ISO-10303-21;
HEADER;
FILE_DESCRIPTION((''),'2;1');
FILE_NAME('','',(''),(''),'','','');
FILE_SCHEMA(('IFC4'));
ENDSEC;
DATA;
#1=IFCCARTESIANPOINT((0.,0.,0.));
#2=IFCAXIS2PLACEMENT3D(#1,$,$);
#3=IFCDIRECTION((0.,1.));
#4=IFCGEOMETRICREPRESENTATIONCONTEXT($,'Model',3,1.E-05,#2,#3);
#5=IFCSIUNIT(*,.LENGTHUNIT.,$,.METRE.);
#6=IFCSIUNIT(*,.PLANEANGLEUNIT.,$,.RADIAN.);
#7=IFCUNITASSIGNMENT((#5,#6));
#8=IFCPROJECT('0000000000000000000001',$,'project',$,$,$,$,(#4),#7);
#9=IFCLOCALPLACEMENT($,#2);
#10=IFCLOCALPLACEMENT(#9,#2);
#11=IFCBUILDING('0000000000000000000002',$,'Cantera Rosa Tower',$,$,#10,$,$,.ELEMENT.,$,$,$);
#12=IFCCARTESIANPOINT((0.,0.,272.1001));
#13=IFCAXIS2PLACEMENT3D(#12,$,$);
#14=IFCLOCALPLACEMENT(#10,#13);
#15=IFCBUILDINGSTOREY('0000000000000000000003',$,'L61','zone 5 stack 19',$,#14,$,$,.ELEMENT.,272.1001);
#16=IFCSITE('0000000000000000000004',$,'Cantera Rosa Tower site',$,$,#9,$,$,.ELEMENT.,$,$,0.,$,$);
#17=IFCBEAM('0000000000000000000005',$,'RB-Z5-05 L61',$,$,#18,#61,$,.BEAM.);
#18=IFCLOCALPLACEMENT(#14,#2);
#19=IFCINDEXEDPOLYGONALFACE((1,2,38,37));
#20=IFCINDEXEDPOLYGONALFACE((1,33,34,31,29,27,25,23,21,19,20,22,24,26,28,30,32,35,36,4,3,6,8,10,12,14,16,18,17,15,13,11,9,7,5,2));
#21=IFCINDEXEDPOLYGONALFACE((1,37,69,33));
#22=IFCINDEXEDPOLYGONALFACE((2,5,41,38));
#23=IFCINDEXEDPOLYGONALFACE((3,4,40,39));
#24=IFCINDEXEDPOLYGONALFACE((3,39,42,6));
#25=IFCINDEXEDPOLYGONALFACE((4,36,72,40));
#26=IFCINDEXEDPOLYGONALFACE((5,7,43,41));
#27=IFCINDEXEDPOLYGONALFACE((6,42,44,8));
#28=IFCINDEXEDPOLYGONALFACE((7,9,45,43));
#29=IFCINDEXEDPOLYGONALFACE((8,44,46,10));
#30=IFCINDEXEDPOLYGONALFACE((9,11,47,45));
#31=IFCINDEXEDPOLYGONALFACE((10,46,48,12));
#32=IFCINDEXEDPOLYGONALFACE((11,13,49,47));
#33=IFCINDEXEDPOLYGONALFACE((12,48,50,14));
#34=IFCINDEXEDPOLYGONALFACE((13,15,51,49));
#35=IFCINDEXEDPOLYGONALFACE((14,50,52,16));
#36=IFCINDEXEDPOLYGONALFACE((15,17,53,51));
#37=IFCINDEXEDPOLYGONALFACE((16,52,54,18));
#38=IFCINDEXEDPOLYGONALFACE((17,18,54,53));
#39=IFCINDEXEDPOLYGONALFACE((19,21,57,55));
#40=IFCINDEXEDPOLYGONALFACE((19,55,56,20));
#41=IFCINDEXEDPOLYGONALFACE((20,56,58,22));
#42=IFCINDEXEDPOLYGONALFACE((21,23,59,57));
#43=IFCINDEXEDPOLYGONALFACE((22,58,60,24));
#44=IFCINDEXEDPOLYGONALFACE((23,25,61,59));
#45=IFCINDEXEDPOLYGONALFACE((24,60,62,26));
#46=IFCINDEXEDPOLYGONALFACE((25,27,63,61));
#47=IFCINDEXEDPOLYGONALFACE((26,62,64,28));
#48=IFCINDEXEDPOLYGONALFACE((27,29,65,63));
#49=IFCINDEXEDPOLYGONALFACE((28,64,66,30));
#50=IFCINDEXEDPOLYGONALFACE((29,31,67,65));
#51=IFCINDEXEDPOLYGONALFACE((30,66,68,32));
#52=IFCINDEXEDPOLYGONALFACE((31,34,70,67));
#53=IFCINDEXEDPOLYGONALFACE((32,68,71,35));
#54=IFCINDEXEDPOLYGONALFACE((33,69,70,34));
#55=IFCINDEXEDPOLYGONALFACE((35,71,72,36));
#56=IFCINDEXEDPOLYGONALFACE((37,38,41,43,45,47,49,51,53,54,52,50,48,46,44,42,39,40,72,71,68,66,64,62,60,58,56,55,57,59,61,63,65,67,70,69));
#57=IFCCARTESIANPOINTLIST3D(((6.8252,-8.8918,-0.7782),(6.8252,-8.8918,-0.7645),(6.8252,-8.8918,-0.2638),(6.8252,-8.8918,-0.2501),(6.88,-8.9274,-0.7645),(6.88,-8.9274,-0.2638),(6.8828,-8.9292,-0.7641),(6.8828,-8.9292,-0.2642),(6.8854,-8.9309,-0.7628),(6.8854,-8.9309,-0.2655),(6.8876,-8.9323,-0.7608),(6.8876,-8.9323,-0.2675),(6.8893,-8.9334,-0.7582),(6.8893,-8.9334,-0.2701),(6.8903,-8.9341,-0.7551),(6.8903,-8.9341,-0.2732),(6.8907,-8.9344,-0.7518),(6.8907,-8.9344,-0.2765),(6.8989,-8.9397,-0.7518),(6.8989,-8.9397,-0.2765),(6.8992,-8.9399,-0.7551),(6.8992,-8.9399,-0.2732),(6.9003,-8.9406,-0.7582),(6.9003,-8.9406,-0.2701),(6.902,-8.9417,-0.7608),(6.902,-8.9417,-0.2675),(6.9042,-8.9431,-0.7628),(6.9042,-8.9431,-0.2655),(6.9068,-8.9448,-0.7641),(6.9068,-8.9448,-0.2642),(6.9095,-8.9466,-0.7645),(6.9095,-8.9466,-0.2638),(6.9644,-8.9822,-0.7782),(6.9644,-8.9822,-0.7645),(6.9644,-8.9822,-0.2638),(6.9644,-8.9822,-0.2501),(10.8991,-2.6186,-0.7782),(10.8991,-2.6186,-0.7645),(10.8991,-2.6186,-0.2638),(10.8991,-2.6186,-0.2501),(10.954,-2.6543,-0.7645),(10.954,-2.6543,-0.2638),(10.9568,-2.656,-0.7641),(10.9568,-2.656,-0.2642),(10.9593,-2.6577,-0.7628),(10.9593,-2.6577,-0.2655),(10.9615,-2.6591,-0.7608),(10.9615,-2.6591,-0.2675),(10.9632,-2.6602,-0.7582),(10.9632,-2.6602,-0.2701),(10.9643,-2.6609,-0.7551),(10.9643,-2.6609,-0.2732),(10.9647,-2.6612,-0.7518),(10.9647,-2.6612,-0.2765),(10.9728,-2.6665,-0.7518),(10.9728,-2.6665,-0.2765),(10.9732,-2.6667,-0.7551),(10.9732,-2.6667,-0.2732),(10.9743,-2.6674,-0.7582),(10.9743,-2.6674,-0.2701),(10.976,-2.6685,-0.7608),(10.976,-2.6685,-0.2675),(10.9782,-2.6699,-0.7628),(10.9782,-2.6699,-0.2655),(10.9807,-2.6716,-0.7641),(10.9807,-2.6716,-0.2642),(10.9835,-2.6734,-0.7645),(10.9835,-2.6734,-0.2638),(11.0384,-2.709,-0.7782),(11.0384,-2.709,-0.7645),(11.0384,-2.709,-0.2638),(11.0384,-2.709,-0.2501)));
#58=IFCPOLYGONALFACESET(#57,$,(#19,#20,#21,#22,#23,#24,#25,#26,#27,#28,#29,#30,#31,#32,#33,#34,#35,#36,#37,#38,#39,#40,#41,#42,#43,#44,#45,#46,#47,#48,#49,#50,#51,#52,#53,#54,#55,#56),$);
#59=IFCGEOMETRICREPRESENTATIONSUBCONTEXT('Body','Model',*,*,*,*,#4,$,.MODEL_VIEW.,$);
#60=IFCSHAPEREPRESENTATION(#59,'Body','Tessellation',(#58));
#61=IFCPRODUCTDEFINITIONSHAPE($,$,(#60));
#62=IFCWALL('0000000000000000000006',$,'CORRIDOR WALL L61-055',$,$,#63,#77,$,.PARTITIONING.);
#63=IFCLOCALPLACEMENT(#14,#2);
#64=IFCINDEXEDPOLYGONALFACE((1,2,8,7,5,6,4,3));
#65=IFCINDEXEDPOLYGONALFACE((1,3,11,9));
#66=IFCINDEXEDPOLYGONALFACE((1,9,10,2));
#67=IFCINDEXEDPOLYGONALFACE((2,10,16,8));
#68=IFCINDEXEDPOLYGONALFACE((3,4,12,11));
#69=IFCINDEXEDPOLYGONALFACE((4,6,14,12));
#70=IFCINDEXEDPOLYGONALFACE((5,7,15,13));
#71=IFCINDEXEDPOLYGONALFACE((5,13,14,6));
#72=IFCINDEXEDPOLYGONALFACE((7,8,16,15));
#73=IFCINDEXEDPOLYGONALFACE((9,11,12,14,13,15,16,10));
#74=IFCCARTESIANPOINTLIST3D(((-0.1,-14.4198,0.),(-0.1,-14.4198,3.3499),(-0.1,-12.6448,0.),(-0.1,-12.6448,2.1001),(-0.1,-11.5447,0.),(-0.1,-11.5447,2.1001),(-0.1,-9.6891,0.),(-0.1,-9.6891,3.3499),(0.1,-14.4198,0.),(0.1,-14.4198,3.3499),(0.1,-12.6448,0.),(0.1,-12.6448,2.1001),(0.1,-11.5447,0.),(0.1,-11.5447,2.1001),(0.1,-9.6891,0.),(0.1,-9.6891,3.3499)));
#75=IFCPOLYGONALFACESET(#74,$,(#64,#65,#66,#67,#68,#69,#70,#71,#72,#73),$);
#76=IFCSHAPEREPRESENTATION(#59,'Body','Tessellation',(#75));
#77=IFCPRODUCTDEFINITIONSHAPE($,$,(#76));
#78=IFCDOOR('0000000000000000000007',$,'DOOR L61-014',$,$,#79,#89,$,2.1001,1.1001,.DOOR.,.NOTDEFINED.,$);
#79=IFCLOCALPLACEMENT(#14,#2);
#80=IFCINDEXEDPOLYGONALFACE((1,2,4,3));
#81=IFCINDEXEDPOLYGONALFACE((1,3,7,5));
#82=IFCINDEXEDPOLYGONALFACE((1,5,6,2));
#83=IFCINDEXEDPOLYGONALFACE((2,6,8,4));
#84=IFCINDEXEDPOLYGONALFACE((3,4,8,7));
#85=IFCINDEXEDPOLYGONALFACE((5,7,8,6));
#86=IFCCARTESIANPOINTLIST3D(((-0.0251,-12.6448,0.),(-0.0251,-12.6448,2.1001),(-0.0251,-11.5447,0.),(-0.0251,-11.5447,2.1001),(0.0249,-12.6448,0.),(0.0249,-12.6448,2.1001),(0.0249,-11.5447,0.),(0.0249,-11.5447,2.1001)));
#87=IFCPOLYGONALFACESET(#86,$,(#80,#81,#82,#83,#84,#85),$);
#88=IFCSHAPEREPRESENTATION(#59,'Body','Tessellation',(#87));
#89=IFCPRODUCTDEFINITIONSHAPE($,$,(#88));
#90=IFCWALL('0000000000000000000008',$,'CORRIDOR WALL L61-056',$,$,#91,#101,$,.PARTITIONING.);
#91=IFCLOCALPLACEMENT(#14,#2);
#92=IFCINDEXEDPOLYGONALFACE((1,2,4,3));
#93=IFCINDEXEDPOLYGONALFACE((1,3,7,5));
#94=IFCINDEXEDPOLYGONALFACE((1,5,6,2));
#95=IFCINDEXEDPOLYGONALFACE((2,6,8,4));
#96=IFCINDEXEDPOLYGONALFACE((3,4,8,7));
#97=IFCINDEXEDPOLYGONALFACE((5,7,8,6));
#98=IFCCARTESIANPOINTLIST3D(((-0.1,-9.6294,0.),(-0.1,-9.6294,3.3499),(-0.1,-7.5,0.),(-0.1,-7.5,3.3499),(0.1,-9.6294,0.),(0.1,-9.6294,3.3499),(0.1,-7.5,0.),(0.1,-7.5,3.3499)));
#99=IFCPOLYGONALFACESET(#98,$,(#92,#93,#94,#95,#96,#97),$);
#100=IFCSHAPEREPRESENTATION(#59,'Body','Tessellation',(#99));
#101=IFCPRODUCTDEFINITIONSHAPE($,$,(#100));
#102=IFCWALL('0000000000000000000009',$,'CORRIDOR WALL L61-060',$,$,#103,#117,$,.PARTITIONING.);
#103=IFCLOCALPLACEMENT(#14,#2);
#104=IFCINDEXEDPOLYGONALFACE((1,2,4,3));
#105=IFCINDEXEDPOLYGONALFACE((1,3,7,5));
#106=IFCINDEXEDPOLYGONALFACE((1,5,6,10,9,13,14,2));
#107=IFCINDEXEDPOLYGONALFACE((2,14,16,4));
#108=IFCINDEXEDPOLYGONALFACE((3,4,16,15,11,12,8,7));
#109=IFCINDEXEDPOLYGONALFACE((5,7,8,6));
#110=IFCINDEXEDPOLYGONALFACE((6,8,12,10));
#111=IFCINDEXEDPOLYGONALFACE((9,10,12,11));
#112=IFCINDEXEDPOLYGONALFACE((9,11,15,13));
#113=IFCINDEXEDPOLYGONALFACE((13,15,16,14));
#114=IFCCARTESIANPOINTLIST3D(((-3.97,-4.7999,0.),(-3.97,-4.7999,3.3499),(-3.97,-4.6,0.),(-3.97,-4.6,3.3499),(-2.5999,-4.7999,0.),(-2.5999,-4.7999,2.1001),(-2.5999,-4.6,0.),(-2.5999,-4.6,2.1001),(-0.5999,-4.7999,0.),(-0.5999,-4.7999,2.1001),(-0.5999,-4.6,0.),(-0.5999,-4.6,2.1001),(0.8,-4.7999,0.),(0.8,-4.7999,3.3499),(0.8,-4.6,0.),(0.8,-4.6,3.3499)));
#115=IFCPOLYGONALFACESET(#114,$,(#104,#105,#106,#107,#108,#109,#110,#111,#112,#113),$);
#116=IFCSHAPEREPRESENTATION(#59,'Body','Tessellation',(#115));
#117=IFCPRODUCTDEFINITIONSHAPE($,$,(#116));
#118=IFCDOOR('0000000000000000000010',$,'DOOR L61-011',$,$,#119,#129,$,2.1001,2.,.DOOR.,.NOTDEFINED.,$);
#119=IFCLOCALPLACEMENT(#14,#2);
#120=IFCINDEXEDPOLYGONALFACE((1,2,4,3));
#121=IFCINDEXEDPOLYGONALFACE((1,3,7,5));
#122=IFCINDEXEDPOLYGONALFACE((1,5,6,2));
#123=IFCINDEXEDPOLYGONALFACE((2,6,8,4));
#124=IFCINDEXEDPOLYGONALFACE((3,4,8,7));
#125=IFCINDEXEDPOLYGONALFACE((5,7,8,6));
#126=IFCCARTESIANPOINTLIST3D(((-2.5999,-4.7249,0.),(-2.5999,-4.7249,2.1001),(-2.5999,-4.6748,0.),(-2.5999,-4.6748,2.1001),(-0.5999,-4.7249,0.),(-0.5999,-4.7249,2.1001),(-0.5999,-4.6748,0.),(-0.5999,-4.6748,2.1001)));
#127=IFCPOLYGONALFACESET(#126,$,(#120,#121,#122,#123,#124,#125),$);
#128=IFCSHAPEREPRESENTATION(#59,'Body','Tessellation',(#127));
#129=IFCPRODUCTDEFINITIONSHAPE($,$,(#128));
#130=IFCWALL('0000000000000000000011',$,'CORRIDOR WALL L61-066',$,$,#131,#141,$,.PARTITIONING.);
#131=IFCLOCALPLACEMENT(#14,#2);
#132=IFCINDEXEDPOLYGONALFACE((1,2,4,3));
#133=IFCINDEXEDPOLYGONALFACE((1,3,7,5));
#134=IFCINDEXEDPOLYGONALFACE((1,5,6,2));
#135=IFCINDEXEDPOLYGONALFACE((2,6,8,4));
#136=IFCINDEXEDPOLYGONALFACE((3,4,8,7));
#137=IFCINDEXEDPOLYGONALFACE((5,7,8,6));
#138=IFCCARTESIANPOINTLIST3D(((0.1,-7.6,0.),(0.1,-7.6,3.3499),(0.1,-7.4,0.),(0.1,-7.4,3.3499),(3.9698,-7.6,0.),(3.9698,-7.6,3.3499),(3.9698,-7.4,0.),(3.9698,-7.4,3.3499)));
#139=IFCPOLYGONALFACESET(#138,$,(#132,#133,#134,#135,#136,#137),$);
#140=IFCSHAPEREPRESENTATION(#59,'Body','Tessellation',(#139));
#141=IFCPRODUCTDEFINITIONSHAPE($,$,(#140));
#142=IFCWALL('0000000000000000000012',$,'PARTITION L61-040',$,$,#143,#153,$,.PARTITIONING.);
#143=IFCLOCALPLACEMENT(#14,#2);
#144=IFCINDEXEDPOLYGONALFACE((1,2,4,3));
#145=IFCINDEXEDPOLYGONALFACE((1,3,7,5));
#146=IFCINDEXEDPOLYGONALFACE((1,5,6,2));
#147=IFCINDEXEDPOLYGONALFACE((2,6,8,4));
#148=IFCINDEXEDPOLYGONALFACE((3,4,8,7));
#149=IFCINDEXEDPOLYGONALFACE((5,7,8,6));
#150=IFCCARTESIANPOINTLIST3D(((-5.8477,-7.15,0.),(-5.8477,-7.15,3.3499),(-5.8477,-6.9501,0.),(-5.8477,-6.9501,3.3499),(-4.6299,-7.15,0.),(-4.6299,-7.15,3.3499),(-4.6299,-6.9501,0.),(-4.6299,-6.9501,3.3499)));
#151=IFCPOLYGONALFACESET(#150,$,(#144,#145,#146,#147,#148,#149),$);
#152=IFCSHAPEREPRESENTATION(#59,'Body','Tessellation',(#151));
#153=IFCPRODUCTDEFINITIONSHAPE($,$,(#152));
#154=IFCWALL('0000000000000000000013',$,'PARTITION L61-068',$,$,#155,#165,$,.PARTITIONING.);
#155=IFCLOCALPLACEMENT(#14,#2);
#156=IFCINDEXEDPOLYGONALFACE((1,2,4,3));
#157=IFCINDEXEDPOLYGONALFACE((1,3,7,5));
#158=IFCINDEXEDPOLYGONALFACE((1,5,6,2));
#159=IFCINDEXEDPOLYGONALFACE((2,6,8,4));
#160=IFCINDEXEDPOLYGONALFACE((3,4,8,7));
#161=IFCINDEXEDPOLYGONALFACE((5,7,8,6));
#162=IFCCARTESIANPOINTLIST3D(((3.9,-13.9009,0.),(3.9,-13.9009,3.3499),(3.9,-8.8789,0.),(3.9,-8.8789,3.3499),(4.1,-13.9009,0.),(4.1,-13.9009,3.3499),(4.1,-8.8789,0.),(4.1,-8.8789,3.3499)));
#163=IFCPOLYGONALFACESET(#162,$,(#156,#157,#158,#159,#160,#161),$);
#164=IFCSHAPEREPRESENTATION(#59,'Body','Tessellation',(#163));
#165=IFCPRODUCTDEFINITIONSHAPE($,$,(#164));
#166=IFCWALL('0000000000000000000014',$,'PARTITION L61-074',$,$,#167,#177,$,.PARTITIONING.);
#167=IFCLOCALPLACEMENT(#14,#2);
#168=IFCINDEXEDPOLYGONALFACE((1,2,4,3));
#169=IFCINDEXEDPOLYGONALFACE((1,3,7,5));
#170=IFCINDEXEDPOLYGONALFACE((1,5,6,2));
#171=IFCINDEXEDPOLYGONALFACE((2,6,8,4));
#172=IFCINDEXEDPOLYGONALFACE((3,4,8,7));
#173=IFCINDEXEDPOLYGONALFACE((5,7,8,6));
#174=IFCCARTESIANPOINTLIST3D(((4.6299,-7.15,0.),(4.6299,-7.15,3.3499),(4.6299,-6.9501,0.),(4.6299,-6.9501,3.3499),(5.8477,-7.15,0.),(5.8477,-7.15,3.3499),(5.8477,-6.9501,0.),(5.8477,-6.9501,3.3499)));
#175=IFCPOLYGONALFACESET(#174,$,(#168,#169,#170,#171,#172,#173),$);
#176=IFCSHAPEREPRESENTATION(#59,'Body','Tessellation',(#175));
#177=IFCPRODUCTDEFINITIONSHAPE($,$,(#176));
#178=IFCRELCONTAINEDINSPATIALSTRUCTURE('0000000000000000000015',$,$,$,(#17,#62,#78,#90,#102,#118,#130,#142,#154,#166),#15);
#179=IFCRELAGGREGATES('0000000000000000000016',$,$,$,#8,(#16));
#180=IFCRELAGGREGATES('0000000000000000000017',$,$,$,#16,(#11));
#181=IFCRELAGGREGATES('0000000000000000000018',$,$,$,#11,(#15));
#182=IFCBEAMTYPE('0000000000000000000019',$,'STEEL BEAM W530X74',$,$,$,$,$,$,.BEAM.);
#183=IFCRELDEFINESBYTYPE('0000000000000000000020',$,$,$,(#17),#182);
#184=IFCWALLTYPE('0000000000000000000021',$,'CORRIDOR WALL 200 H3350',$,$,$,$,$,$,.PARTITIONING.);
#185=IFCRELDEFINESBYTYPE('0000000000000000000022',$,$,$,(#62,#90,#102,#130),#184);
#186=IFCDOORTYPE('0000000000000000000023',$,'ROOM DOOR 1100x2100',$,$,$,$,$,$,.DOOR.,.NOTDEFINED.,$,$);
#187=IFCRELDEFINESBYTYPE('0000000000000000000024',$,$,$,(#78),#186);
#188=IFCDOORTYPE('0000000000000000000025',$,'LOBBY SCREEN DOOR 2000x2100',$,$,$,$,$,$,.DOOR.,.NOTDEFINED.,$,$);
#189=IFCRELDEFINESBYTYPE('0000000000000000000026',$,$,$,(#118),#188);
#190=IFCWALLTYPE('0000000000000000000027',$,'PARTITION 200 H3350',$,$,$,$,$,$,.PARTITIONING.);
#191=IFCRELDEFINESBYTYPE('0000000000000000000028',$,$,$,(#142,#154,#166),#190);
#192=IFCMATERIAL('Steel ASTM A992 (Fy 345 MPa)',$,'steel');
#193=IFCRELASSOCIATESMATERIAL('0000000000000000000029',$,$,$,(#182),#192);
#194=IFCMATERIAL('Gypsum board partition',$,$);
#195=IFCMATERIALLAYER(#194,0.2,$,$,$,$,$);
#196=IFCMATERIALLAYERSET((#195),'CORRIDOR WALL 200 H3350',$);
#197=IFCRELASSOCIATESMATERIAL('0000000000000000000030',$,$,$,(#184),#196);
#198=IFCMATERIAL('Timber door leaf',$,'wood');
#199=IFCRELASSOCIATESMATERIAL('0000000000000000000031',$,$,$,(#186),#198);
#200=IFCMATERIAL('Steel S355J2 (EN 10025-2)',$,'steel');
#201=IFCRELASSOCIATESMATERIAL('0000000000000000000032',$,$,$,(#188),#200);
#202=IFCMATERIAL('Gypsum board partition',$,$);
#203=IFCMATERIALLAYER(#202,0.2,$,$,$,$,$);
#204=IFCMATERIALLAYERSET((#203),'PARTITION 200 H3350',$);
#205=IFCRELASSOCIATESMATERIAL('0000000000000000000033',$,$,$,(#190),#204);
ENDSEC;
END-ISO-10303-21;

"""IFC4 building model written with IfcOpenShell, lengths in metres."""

from ifc_helpers import new_model, si_unit, direction, frame, frame_2d, origin, origin_2d, place, context, subcontext, project, spatial, rectangle, i_section, extrude, material, layer, layer_set, material_profile, profile_set, type_object, element, fill, save


model = new_model("IFC4")

# Units and contexts
model_context = context("Model", 3, precision=1e-05, world=origin(), true_north=direction((0.0, 1.0)))
body_context = subcontext(model_context, "Body", "Model", "MODEL_VIEW")
ifc_project = project(units=[si_unit("LENGTHUNIT", "METRE"), si_unit("PLANEANGLEUNIT", "RADIAN")], contexts=[model_context])

# Site, building, storey
site_placement = place(None, origin())
site = spatial("IfcSite", under=ifc_project, at=site_placement, Name="Cantera Rosa Tower site", CompositionType="ELEMENT", RefElevation=0.0)
building_placement = place(site_placement, origin())
building = spatial("IfcBuilding", under=site, at=building_placement, Name="Cantera Rosa Tower", CompositionType="ELEMENT")
storey_placement = place(building_placement, frame((0.0, 0.0, 272.1001)))
storey = spatial("IfcBuildingStorey", under=building, at=storey_placement, Name="L61", Description="zone 5 stack 19", CompositionType="ELEMENT", Elevation=272.1001)

# Beam
ifc_material_1 = material(Name="Steel ASTM A992 (Fy 345 MPa)", Category="steel")
ifc_material_profile = material_profile(ifc_material_1, i_section(OverallWidth=0.166, OverallDepth=0.5281, WebThickness=0.0098, FlangeThickness=0.0137, FilletRadius=0.0127, at=origin_2d()), Name="W530X74")
ifc_profile_set = profile_set([ifc_material_profile], Name="Steel ASTM A992 (Fy 345 MPa)")
beam_type = type_object("IfcBeamType", Name="STEEL BEAM W530X74", PredefinedType="BEAM", material=ifc_profile_set)
beam_placement = place(storey_placement, frame((6.8948, -8.937, -0.5142), z_axis=(0.54465, 0.838664, 0.0), x_axis=(-0.838664, 0.54465, 0.0)))
element("IfcBeam", 1, at=beam_placement, inside=storey, type_object=beam_type, Name="RB-Z5-05 L61", PredefinedType="BEAM", context=body_context, shape_type="SweptSolid", body=[
    extrude(i_section(OverallWidth=0.166, OverallDepth=0.5281, WebThickness=0.0098, FlangeThickness=0.0137, FilletRadius=0.0127, at=origin_2d()), origin(), (0.0, 0.0, 1.0), 7.48),
])

# Wall, opening, door
ifc_material_2 = material(Name="Gypsum board partition")
ifc_layer_1 = layer(ifc_material_2, 0.2)
ifc_layer_set_1 = layer_set([ifc_layer_1], Name="CORRIDOR WALL 200 H3350")
wall_type_1 = type_object("IfcWallType", Name="CORRIDOR WALL 200 H3350", PredefinedType="PARTITIONING", material=ifc_layer_set_1)
wall_1_placement = place(storey_placement, frame((0.0, -9.6892, 0.0), z_axis=(0.0, 0.0, 1.0), x_axis=(0.0, -1.0, 0.0)))
wall_1 = element("IfcWall", 2, at=wall_1_placement, inside=storey, type_object=wall_type_1, Name="CORRIDOR WALL L61-055", PredefinedType="PARTITIONING", context=body_context, shape_type="SweptSolid", body=[
    extrude(rectangle(XDim=4.7307, YDim=0.2, at=frame_2d((2.3652, 0.0))), origin(), (0.0, 0.0, 1.0), 3.3499),
])
opening_1_placement = place(wall_1_placement, frame((1.8555, 0.0, 0.0)))
opening_1 = element("IfcOpeningElement", 3, at=opening_1_placement, cuts=wall_1, PredefinedType="OPENING", context=body_context, shape_type="SweptSolid", body=[
    extrude(rectangle(XDim=1.1001, YDim=2.1001, at=frame_2d((0.55, 1.05))), frame((0.0, 0.1099, 0.0), z_axis=(0.0, -1.0, 0.0), x_axis=(1.0, 0.0, 0.0)), (0.0, 0.0, 1.0), 0.22),
])
ifc_material_3 = material(Name="Timber door leaf", Category="wood")
door_type_1 = type_object("IfcDoorType", Name="ROOM DOOR 1100x2100", OperationType="NOTDEFINED", PredefinedType="DOOR", material=ifc_material_3)
door_1_placement = place(opening_1_placement, origin())
door_1 = element("IfcDoor", 4, at=door_1_placement, inside=storey, type_object=door_type_1, Name="DOOR L61-014", OperationType="NOTDEFINED", OverallHeight=2.1001, OverallWidth=1.1001, PredefinedType="DOOR", context=body_context, shape_type="SweptSolid", body=[
    extrude(rectangle(XDim=1.1001, YDim=2.1001, at=frame_2d((0.55, 1.05))), frame((0.0, 0.0249, 0.0), z_axis=(0.0, -1.0, 0.0), x_axis=(1.0, 0.0, 0.0)), (0.0, 0.0, 1.0), 0.05),
])
fill(opening_1, door_1)

# Wall
wall_2_placement = place(storey_placement, frame((0.0, -7.5, 0.0), z_axis=(0.0, 0.0, 1.0), x_axis=(0.0, -1.0, 0.0)))
element("IfcWall", 5, at=wall_2_placement, inside=storey, type_object=wall_type_1, Name="CORRIDOR WALL L61-056", PredefinedType="PARTITIONING", context=body_context, shape_type="SweptSolid", body=[
    extrude(rectangle(XDim=2.1294, YDim=0.2, at=frame_2d((1.0647, 0.0))), origin(), (0.0, 0.0, 1.0), 3.3499),
])

# Wall, opening, door
wall_3_placement = place(storey_placement, frame((0.8, -4.7, 0.0), z_axis=(0.0, 0.0, 1.0), x_axis=(-1.0, 0.0, 0.0)))
wall_3 = element("IfcWall", 6, at=wall_3_placement, inside=storey, type_object=wall_type_1, Name="CORRIDOR WALL L61-060", PredefinedType="PARTITIONING", context=body_context, shape_type="SweptSolid", body=[
    extrude(rectangle(XDim=4.77, YDim=0.2, at=frame_2d((2.385, 0.0))), origin(), (0.0, 0.0, 1.0), 3.3499),
])
opening_2_placement = place(wall_3_placement, frame((1.3999, 0.0, 0.0)))
opening_2 = element("IfcOpeningElement", 7, at=opening_2_placement, cuts=wall_3, PredefinedType="OPENING", context=body_context, shape_type="SweptSolid", body=[
    extrude(rectangle(XDim=2.0, YDim=2.1001, at=frame_2d((1.0, 1.05))), frame((0.0, 0.1099, 0.0), z_axis=(0.0, -1.0, 0.0), x_axis=(1.0, 0.0, 0.0)), (0.0, 0.0, 1.0), 0.22),
])
ifc_material_4 = material(Name="Steel S355J2 (EN 10025-2)", Category="steel")
door_type_2 = type_object("IfcDoorType", Name="LOBBY SCREEN DOOR 2000x2100", OperationType="NOTDEFINED", PredefinedType="DOOR", material=ifc_material_4)
door_2_placement = place(opening_2_placement, origin())
door_2 = element("IfcDoor", 8, at=door_2_placement, inside=storey, type_object=door_type_2, Name="DOOR L61-011", OperationType="NOTDEFINED", OverallHeight=2.1001, OverallWidth=2.0, PredefinedType="DOOR", context=body_context, shape_type="SweptSolid", body=[
    extrude(rectangle(XDim=2.0, YDim=2.1001, at=frame_2d((1.0, 1.05))), frame((0.0, 0.0249, 0.0), z_axis=(0.0, -1.0, 0.0), x_axis=(1.0, 0.0, 0.0)), (0.0, 0.0, 1.0), 0.05),
])
fill(opening_2, door_2)

# Walls
wall_4_placement = place(storey_placement, frame((3.97, -7.5, 0.0), z_axis=(0.0, 0.0, 1.0), x_axis=(-1.0, 0.0, 0.0)))
element("IfcWall", 9, at=wall_4_placement, inside=storey, type_object=wall_type_1, Name="CORRIDOR WALL L61-066", PredefinedType="PARTITIONING", context=body_context, shape_type="SweptSolid", body=[
    extrude(rectangle(XDim=3.8699, YDim=0.2, at=frame_2d((1.9351, 0.0))), origin(), (0.0, 0.0, 1.0), 3.3499),
])
ifc_material_5 = material(Name="Gypsum board partition")
ifc_layer_2 = layer(ifc_material_5, 0.2)
ifc_layer_set_2 = layer_set([ifc_layer_2], Name="PARTITION 200 H3350")
wall_type_2 = type_object("IfcWallType", Name="PARTITION 200 H3350", PredefinedType="PARTITIONING", material=ifc_layer_set_2)
wall_5_placement = place(storey_placement, frame((-4.6299, -7.05, 0.0), z_axis=(0.0, 0.0, 1.0), x_axis=(-1.0, 0.0, 0.0)))
element("IfcWall", 10, at=wall_5_placement, inside=storey, type_object=wall_type_2, Name="PARTITION L61-040", PredefinedType="PARTITIONING", context=body_context, shape_type="SweptSolid", body=[
    extrude(rectangle(XDim=1.2178, YDim=0.2, at=frame_2d((0.6089, 0.0))), origin(), (0.0, 0.0, 1.0), 3.3499),
])
wall_6_placement = place(storey_placement, frame((4.0, -13.9009, 0.0), z_axis=(0.0, 0.0, 1.0), x_axis=(0.0, 1.0, 0.0)))
element("IfcWall", 11, at=wall_6_placement, inside=storey, type_object=wall_type_2, Name="PARTITION L61-068", PredefinedType="PARTITIONING", context=body_context, shape_type="SweptSolid", body=[
    extrude(rectangle(XDim=5.022, YDim=0.2, at=frame_2d((2.511, 0.0))), origin(), (0.0, 0.0, 1.0), 3.3499),
])
wall_7_placement = place(storey_placement, frame((5.8477, -7.05, 0.0), z_axis=(0.0, 0.0, 1.0), x_axis=(-1.0, 0.0, 0.0)))
element("IfcWall", 12, at=wall_7_placement, inside=storey, type_object=wall_type_2, Name="PARTITION L61-074", PredefinedType="PARTITIONING", context=body_context, shape_type="SweptSolid", body=[
    extrude(rectangle(XDim=1.2178, YDim=0.2, at=frame_2d((0.6089, 0.0))), origin(), (0.0, 0.0, 1.0), 3.3499),
])

save(model, "model.ifc")
